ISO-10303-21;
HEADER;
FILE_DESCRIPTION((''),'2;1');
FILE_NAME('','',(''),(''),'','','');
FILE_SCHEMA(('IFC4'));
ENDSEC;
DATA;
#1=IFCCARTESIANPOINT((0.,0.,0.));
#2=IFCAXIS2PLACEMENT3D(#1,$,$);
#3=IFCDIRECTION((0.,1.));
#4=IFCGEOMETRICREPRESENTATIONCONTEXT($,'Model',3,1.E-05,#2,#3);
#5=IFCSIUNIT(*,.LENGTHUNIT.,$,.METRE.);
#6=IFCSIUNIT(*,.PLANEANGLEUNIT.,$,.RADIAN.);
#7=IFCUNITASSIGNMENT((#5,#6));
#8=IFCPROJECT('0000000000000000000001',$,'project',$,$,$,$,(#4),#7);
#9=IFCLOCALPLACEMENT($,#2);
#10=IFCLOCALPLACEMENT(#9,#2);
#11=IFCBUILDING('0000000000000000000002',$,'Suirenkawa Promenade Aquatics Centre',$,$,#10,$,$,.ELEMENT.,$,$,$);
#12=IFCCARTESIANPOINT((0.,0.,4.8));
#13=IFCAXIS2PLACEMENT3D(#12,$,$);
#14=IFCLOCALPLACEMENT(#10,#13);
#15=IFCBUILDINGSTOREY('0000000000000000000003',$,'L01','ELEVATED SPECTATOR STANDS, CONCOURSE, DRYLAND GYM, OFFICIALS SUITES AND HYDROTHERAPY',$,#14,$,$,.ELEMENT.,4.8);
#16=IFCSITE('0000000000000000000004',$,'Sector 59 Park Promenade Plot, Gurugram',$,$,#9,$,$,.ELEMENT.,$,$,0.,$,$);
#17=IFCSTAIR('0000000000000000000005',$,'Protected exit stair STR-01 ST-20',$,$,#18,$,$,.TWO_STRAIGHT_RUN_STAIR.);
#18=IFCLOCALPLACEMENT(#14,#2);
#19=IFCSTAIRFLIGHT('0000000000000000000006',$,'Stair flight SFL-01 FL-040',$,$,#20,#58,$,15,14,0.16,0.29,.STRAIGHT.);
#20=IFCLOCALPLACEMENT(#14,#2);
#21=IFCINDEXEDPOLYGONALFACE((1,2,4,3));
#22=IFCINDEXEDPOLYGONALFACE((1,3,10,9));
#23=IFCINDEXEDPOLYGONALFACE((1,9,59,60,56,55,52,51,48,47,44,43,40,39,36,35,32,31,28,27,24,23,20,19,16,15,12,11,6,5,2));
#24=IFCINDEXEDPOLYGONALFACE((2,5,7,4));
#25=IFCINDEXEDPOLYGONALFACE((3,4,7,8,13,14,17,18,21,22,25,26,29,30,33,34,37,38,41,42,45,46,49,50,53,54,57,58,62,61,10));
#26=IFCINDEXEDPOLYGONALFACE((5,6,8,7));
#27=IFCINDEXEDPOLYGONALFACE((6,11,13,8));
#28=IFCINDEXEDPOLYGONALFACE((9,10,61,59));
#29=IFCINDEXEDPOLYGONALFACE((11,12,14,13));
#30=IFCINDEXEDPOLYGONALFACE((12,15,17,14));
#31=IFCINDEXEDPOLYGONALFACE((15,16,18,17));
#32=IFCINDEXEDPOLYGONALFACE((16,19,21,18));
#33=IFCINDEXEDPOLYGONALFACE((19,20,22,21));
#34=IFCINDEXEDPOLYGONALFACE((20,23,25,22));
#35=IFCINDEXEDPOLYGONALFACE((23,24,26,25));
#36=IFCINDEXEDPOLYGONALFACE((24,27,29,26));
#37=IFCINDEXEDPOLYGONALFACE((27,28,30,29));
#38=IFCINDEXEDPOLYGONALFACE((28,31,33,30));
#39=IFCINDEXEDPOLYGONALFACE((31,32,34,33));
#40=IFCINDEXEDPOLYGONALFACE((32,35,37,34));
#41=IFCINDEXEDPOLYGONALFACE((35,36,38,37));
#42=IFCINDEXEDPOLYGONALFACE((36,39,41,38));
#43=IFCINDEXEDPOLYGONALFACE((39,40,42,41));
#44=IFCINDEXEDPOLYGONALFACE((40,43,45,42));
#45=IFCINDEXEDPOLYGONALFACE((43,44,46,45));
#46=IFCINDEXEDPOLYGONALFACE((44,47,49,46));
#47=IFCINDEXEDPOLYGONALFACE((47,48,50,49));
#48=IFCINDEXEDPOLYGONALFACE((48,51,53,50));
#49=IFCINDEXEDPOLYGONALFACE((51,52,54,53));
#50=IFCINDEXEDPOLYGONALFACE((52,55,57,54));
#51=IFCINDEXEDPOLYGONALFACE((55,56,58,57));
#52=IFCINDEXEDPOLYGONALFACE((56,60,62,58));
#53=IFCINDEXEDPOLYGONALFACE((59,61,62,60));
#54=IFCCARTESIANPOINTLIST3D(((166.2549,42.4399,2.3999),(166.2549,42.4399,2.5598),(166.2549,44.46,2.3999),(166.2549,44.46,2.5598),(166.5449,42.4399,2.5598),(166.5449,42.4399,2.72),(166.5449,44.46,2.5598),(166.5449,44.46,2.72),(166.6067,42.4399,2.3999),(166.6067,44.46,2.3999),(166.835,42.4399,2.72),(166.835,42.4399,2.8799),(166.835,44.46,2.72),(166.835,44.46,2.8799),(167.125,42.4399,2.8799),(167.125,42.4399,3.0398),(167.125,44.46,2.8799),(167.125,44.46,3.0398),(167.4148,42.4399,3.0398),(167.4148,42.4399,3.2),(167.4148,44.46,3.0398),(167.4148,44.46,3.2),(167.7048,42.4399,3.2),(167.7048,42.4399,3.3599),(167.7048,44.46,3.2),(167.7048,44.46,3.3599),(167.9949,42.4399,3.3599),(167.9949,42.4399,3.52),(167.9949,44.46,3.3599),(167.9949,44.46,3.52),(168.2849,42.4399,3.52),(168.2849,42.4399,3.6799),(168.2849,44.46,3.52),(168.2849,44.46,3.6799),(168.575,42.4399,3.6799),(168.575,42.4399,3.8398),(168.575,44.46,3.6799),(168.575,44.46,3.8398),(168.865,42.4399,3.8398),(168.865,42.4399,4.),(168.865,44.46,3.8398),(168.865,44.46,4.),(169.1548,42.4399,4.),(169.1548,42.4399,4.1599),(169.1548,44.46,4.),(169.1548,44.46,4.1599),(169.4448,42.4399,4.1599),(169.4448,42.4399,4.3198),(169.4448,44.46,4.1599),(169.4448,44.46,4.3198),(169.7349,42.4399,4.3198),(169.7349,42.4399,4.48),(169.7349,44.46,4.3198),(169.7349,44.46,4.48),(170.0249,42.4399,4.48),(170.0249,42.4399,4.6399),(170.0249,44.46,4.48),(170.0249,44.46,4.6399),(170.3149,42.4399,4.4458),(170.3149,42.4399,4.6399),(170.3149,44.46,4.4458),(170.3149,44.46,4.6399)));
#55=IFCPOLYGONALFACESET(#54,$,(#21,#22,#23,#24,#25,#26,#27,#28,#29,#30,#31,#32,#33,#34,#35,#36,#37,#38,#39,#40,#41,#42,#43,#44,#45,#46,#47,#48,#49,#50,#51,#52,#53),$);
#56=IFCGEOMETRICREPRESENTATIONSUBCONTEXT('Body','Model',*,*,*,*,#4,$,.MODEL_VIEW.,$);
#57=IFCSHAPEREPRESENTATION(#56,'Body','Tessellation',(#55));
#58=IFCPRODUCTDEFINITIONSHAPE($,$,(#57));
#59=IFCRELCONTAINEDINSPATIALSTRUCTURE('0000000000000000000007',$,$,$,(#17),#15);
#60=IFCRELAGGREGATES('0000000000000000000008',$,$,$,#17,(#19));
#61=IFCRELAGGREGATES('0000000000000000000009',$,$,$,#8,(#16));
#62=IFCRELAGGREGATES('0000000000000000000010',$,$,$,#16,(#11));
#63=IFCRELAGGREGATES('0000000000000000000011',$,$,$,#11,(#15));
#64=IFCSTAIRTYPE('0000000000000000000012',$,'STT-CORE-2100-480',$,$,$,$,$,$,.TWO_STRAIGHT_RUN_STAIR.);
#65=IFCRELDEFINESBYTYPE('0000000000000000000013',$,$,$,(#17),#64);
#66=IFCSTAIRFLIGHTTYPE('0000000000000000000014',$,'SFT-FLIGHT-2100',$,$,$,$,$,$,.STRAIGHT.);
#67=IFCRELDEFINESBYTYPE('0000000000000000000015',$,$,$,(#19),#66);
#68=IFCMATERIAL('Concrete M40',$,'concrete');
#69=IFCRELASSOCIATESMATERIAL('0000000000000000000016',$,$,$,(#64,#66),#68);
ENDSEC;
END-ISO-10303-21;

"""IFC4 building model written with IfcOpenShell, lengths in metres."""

from ifc_helpers import new_model, si_unit, direction, frame, origin, place, context, subcontext, project, spatial, polyline, outline, extrude, material, type_object, element, aggregate, save


model = new_model("IFC4")

# Units and contexts
model_context = context("Model", 3, precision=1e-05, world=origin(), true_north=direction((0.0, 1.0)))
body_context = subcontext(model_context, "Body", "Model", "MODEL_VIEW")
ifc_project = project(units=[si_unit("LENGTHUNIT", "METRE"), si_unit("PLANEANGLEUNIT", "RADIAN")], contexts=[model_context])

# Site, building, storey
site_placement = place(None, origin())
site = spatial("IfcSite", under=ifc_project, at=site_placement, Name="Sector 59 Park Promenade Plot, Gurugram", CompositionType="ELEMENT", RefElevation=0.0)
building_placement = place(site_placement, origin())
building = spatial("IfcBuilding", under=site, at=building_placement, Name="Suirenkawa Promenade Aquatics Centre", CompositionType="ELEMENT")
storey_placement = place(building_placement, frame((0.0, 0.0, 4.8)))
storey = spatial("IfcBuildingStorey", under=building, at=storey_placement, Name="L01", Description="ELEVATED SPECTATOR STANDS, CONCOURSE, DRYLAND GYM, OFFICIALS SUITES AND HYDROTHERAPY", CompositionType="ELEMENT", Elevation=4.8)

# Shared definitions
ifc_material_1 = material(Name="Concrete M40", Category="concrete")

# Stair, stair flight
stair_type = type_object("IfcStairType", Name="STT-CORE-2100-480", PredefinedType="TWO_STRAIGHT_RUN_STAIR", material=ifc_material_1)
stair_placement = place(storey_placement, origin())
stair = element("IfcStair", 1, at=stair_placement, inside=storey, type_object=stair_type, Name="Protected exit stair STR-01 ST-20", PredefinedType="TWO_STRAIGHT_RUN_STAIR")
stair_flight_type = type_object("IfcStairFlightType", Name="SFT-FLIGHT-2100", PredefinedType="STRAIGHT", material=ifc_material_1)
stair_flight_1_placement = place(storey_placement, frame((166.2549, 43.45, 2.3999), z_axis=(0.0, 0.0, 1.0), x_axis=(1.0, 0.0, 0.0)))
stair_flight_1 = element("IfcStairFlight", 2, at=stair_flight_1_placement, type_object=stair_flight_type, Name="Stair flight SFL-01 FL-040", NumberOfRisers=15, NumberOfTreads=14, PredefinedType="STRAIGHT", RiserHeight=0.16, TreadLength=0.29, context=body_context, shape_type="SweptSolid", body=[
    extrude(outline(polyline([(0.0, 0.0), (0.0, 0.1599), (0.29, 0.1599), (0.29, 0.3201), (0.5801, 0.3201), (0.5801, 0.48), (0.8701, 0.48), (0.8701, 0.6399), (1.1599, 0.6399), (1.1599, 0.8), (1.45, 0.8), (1.45, 0.96), (1.74, 0.96), (1.74, 1.1201), (2.03, 1.1201), (2.03, 1.28), (2.3201, 1.28), (2.3201, 1.4399), (2.6101, 1.4399), (2.6101, 1.6001), (2.8999, 1.6001), (2.8999, 1.76), (3.1899, 1.76), (3.1899, 1.9199), (3.48, 1.9199), (3.48, 2.0801), (3.77, 2.0801), (3.77, 2.24), (4.0601, 2.24), (4.0601, 2.3999), (4.0601, 2.0459), (0.3518, 0.0), (0.0, 0.0)])), frame((0.0, 1.01, 0.0), z_axis=(0.0, -1.0, 0.0), x_axis=(1.0, 0.0, 0.0)), (0.0, 0.0, 1.0), 2.02),
])
aggregate(stair, [stair_flight_1])

save(model, "model.ifc")
